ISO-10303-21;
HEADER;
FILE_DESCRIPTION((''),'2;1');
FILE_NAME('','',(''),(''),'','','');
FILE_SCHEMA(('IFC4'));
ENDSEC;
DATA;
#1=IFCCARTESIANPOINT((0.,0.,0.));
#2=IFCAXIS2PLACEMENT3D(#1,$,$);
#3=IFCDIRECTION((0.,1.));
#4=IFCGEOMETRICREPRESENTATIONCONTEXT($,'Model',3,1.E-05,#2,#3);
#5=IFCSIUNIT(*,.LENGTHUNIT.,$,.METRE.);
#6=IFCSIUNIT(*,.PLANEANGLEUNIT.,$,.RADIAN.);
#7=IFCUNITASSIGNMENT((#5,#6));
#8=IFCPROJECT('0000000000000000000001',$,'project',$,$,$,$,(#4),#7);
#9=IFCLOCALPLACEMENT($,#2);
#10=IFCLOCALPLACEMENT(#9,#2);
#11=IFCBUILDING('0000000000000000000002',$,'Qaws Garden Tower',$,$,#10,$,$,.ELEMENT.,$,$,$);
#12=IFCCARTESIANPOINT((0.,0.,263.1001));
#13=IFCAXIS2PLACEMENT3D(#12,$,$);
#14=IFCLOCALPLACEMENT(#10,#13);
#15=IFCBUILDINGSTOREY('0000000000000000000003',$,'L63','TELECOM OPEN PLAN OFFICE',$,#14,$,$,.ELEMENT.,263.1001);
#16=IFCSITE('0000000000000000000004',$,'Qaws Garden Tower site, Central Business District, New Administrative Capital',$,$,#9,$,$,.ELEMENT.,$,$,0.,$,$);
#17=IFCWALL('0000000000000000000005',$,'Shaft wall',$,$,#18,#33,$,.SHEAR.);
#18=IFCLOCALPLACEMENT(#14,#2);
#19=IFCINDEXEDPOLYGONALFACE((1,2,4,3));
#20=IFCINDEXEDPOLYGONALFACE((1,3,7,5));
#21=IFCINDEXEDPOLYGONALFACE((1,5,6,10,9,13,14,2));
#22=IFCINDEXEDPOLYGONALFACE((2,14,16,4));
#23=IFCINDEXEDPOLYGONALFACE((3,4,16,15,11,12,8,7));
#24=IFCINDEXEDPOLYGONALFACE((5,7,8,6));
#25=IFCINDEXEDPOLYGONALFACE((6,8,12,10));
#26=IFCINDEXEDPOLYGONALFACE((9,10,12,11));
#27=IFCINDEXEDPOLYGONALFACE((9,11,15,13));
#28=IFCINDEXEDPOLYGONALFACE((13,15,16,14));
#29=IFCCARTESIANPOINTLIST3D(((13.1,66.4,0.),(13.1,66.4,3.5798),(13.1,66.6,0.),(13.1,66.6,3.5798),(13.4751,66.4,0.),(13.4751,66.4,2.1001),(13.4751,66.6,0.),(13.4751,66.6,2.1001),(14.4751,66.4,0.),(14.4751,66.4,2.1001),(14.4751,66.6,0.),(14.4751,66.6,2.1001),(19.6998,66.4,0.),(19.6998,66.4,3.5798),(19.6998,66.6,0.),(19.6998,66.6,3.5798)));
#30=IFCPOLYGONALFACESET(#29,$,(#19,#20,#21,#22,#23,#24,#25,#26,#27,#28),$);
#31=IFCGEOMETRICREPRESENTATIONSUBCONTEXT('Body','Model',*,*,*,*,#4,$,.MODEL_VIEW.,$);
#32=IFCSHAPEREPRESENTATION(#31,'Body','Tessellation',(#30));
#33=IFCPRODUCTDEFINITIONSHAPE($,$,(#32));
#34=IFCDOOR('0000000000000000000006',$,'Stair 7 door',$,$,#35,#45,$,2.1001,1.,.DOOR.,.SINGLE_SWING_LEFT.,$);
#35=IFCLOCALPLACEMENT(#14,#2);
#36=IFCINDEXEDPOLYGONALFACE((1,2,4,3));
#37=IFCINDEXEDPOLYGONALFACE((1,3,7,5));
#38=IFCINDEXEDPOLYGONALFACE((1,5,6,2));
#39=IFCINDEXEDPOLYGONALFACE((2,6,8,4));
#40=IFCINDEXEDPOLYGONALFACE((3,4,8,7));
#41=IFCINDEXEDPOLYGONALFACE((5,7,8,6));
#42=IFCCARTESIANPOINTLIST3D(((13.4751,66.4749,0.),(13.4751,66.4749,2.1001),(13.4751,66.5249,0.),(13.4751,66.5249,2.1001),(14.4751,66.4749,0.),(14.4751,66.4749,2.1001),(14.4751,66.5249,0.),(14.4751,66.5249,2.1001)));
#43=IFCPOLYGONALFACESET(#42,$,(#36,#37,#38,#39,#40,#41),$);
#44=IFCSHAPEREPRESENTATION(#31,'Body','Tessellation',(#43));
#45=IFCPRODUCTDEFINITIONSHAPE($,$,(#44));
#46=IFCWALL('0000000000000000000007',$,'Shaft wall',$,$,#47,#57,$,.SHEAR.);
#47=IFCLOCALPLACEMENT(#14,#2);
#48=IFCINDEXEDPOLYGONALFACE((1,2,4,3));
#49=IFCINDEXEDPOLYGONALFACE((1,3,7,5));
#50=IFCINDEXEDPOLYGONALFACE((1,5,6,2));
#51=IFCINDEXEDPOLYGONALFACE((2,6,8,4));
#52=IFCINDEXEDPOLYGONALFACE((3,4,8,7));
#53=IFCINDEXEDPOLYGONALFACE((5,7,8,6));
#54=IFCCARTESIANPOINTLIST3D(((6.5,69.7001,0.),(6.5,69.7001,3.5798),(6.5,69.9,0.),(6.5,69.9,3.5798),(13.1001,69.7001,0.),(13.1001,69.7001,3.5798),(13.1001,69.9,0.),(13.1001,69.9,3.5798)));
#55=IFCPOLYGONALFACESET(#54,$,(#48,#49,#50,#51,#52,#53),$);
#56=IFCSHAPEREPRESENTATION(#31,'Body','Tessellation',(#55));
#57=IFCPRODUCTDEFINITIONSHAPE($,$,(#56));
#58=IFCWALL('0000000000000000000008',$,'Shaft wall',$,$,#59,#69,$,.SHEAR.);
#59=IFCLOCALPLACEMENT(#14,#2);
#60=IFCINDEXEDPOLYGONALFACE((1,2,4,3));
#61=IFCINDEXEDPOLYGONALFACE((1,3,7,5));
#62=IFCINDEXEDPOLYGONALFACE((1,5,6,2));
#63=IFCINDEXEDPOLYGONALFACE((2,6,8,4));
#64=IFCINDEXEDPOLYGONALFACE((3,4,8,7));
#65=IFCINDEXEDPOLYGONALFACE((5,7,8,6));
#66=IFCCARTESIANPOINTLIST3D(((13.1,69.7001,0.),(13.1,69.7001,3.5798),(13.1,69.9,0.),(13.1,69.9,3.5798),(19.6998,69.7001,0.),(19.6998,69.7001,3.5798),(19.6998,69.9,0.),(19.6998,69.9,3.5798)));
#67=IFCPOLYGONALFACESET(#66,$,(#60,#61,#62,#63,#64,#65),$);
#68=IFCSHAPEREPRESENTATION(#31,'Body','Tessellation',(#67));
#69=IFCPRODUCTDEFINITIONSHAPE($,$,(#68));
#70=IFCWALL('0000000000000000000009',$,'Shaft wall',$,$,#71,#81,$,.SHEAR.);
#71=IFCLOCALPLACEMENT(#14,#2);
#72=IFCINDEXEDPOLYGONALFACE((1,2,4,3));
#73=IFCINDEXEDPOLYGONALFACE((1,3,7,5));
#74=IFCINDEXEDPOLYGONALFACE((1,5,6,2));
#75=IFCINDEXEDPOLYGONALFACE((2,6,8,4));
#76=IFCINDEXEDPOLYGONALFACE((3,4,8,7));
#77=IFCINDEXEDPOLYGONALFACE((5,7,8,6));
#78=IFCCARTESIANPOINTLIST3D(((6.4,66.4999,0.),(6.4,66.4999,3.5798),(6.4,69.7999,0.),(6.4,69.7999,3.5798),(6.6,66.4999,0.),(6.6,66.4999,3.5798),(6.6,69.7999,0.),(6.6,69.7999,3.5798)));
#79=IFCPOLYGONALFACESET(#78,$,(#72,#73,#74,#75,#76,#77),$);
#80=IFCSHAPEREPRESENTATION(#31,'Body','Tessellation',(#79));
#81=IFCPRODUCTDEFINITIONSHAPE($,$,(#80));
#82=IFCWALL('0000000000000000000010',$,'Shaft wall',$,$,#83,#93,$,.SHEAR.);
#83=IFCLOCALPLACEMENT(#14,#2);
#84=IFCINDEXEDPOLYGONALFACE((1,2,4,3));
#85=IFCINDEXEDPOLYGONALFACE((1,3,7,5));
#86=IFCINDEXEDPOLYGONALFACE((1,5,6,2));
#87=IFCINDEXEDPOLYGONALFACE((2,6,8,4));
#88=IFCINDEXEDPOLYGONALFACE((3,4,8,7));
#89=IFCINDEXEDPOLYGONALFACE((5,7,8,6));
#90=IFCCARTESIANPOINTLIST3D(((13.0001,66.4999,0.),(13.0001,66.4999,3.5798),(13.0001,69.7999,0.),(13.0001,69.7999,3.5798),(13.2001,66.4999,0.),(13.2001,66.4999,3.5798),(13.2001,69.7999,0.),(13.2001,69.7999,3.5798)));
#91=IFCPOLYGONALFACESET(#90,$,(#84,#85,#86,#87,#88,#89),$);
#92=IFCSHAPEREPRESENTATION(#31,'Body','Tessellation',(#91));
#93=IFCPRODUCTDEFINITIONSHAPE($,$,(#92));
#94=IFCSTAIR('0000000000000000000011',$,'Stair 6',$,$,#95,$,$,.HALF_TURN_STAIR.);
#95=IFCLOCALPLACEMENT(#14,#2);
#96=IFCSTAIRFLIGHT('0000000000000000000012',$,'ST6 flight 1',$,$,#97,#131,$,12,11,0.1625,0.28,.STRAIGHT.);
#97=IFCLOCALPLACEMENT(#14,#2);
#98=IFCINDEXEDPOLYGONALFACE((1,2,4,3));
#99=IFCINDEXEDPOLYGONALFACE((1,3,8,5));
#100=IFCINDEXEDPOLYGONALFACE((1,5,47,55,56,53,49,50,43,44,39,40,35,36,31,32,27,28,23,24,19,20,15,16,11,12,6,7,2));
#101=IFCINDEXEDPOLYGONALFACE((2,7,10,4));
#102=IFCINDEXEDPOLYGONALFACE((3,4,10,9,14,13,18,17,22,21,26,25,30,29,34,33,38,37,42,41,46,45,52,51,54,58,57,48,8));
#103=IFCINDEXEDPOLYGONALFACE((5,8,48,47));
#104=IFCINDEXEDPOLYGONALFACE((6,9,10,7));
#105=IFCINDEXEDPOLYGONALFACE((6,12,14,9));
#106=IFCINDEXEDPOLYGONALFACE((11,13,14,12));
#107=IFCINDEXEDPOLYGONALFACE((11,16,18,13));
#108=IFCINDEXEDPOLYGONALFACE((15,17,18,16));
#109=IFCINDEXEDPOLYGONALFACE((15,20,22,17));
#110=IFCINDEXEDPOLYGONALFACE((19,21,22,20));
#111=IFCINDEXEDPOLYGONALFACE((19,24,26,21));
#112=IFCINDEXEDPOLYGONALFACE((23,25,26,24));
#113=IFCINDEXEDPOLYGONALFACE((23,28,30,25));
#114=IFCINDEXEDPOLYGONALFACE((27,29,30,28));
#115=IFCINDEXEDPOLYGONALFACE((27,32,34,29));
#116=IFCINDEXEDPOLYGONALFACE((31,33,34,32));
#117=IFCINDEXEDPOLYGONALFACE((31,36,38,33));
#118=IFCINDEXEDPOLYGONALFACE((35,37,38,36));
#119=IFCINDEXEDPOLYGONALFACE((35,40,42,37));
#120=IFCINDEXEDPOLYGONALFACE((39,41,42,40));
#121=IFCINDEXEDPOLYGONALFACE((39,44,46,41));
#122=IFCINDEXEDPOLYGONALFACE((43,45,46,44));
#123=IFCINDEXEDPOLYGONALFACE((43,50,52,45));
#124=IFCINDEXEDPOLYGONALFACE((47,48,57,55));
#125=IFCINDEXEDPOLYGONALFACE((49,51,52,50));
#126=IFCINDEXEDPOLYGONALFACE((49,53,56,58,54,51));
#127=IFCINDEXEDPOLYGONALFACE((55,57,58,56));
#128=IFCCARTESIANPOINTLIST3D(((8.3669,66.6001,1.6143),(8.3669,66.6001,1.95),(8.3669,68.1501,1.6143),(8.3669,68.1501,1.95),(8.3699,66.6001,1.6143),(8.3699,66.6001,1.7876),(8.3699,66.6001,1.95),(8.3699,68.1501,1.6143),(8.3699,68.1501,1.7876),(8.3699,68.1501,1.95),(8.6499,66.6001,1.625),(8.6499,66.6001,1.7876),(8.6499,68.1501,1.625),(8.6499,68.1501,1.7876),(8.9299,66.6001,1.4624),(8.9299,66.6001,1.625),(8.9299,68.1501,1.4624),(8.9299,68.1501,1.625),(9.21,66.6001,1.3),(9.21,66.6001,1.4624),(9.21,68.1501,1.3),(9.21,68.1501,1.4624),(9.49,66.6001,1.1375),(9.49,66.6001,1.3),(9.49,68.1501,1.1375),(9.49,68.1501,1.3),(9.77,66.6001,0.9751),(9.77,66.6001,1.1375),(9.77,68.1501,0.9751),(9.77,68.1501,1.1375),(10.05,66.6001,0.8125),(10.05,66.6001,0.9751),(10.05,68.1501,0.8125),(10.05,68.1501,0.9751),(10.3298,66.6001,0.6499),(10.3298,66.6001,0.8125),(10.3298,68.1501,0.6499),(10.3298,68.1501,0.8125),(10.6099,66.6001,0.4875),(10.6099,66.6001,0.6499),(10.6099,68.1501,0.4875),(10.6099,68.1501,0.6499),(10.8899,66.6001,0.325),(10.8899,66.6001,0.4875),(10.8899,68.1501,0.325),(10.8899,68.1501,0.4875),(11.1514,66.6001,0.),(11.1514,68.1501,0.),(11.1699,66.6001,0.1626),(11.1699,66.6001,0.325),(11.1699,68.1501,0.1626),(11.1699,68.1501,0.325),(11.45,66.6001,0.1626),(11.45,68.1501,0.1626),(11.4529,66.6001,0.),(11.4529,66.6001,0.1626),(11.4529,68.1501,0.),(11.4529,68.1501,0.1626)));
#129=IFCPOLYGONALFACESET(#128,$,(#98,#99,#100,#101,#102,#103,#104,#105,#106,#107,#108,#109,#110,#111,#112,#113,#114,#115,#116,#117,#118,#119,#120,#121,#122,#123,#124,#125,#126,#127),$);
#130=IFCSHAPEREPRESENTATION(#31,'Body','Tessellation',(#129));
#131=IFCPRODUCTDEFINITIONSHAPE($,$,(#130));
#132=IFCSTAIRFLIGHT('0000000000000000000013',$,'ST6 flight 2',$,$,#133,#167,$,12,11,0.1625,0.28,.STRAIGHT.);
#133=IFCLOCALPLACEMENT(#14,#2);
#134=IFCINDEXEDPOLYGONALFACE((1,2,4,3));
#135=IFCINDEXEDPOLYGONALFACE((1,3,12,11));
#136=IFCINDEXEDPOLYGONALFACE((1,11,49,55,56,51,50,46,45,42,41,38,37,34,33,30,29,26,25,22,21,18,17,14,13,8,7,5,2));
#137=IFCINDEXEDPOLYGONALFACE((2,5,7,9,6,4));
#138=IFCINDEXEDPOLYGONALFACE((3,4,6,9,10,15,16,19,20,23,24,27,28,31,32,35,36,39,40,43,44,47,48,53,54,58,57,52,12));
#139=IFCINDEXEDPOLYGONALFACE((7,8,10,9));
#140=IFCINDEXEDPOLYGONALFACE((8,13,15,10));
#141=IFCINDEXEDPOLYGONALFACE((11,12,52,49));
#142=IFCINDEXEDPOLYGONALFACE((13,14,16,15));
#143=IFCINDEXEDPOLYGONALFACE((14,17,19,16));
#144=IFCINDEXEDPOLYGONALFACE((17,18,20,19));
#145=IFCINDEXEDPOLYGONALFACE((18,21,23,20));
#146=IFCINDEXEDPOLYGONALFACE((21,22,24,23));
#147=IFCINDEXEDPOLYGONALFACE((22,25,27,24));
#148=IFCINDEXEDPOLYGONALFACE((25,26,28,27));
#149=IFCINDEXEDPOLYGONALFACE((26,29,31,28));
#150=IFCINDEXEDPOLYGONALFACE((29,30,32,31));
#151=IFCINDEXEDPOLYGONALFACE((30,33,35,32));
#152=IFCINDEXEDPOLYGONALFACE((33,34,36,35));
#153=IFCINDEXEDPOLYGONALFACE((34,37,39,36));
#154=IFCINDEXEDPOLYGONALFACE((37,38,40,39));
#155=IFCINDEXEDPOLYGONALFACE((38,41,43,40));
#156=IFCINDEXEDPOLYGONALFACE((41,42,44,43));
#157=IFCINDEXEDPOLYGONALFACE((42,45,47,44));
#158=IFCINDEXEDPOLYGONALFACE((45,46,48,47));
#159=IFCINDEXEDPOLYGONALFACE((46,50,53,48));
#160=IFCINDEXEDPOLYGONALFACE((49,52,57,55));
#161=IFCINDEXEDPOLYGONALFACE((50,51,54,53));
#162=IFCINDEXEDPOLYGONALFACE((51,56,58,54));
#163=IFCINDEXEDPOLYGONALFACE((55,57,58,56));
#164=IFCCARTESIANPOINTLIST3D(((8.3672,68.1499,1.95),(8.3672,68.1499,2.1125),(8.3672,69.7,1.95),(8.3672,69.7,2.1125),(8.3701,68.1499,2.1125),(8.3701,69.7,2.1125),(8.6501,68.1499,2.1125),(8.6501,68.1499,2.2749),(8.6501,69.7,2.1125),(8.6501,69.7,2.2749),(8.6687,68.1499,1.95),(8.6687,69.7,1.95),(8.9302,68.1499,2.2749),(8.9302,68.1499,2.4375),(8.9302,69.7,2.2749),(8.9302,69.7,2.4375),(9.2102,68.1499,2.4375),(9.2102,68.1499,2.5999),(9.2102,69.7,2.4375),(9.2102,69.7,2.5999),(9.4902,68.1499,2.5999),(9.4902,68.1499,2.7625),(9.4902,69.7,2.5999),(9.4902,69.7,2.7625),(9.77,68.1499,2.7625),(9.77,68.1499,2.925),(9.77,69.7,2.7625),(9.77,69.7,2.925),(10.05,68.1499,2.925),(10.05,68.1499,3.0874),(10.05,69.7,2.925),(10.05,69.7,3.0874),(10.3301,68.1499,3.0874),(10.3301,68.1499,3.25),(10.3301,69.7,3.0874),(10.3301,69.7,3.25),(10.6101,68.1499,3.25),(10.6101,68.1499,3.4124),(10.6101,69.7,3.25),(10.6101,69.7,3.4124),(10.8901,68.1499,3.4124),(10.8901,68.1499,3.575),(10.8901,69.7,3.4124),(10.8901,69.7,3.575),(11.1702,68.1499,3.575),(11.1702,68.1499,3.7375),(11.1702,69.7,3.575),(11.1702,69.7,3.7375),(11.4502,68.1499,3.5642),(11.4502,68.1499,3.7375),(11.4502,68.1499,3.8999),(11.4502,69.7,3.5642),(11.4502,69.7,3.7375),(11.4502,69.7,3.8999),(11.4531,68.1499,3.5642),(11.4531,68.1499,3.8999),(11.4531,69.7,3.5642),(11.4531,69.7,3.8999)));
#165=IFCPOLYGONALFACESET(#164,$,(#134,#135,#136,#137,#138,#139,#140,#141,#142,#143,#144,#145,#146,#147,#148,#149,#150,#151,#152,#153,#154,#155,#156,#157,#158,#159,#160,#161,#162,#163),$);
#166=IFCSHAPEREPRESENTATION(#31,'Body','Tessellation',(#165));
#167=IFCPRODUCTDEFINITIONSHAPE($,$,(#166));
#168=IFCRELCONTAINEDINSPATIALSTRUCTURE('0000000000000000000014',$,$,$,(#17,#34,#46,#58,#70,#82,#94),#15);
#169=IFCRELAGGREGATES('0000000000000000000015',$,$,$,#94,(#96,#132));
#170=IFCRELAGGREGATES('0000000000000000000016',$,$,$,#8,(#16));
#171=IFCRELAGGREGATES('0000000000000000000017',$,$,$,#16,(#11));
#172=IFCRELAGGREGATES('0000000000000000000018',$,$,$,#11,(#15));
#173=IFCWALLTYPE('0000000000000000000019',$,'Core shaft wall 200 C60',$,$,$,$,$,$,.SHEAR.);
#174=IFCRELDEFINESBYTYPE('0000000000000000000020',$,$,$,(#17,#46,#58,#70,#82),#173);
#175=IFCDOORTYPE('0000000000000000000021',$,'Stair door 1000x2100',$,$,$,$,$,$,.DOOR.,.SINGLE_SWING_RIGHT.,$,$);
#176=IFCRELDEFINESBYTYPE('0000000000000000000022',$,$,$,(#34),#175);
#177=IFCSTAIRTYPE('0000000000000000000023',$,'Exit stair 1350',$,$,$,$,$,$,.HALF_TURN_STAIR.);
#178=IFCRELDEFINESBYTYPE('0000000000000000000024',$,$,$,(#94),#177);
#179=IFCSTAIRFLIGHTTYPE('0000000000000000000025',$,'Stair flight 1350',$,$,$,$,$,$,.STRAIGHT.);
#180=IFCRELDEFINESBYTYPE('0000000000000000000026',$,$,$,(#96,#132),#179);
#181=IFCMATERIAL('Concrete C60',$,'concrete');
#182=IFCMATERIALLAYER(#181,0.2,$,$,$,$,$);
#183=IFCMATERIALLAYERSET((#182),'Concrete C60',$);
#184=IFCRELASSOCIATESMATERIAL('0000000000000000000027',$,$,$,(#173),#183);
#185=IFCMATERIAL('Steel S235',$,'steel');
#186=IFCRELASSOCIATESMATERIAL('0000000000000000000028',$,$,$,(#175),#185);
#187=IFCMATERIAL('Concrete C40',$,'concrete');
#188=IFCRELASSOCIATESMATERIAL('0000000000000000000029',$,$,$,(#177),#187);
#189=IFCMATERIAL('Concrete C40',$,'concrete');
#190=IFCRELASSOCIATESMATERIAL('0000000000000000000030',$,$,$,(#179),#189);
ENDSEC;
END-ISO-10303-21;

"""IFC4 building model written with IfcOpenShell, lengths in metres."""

from ifc_helpers import new_model, si_unit, direction, frame, frame_2d, origin, place, context, subcontext, project, spatial, polyline, rectangle, outline, extrude, material, layer, layer_set, type_object, element, fill, aggregate, save


model = new_model("IFC4")

# Units and contexts
model_context = context("Model", 3, precision=1e-05, world=origin(), true_north=direction((0.0, 1.0)))
body_context = subcontext(model_context, "Body", "Model", "MODEL_VIEW")
ifc_project = project(units=[si_unit("LENGTHUNIT", "METRE"), si_unit("PLANEANGLEUNIT", "RADIAN")], contexts=[model_context])

# Site, building, storey
site_placement = place(None, origin())
site = spatial("IfcSite", under=ifc_project, at=site_placement, Name="Qaws Garden Tower site, Central Business District, New Administrative Capital", CompositionType="ELEMENT", RefElevation=0.0)
building_placement = place(site_placement, origin())
building = spatial("IfcBuilding", under=site, at=building_placement, Name="Qaws Garden Tower", CompositionType="ELEMENT")
storey_placement = place(building_placement, frame((0.0, 0.0, 263.1001)))
storey = spatial("IfcBuildingStorey", under=building, at=storey_placement, Name="L63", Description="TELECOM OPEN PLAN OFFICE", CompositionType="ELEMENT", Elevation=263.1001)

# Wall, opening, door
ifc_material_1 = material(Name="Concrete C60", Category="concrete")
ifc_layer_1 = layer(ifc_material_1, 0.2)
ifc_layer_set_1 = layer_set([ifc_layer_1], Name="Concrete C60")
wall_type_1 = type_object("IfcWallType", Name="Core shaft wall 200 C60", PredefinedType="SHEAR", material=ifc_layer_set_1)
ifc_material_2 = material(Name="Steel S235", Category="steel")
door_type = type_object("IfcDoorType", Name="Stair door 1000x2100", OperationType="SINGLE_SWING_RIGHT", PredefinedType="DOOR", material=ifc_material_2)
wall_1_placement = place(storey_placement, frame((13.1001, 66.5, 0.0), z_axis=(0.0, 0.0, 1.0), x_axis=(1.0, 0.0, 0.0)))
wall_1 = element("IfcWall", 1, at=wall_1_placement, inside=storey, type_object=wall_type_1, Name="Shaft wall", PredefinedType="SHEAR", context=body_context, shape_type="SweptSolid", body=[
    extrude(rectangle(XDim=6.5999, YDim=0.2, at=frame_2d((3.2998, 0.0))), origin(), (0.0, 0.0, 1.0), 3.5798),
])
opening_1_placement = place(wall_1_placement, frame((0.375, 0.0, 0.0)))
opening_1 = element("IfcOpeningElement", 2, at=opening_1_placement, cuts=wall_1, PredefinedType="OPENING", context=body_context, shape_type="SweptSolid", body=[
    extrude(rectangle(XDim=1.0, YDim=2.1001, at=frame_2d((0.5, 1.05))), frame((0.0, 0.1099, 0.0), z_axis=(0.0, -1.0, 0.0), x_axis=(1.0, 0.0, 0.0)), (0.0, 0.0, 1.0), 0.22),
])
door_1_placement = place(opening_1_placement, origin())
door_1 = element("IfcDoor", 3, at=door_1_placement, inside=storey, type_object=door_type, Name="Stair 7 door", OperationType="SINGLE_SWING_LEFT", OverallHeight=2.1001, OverallWidth=1.0, PredefinedType="DOOR", context=body_context, shape_type="SweptSolid", body=[
    extrude(rectangle(XDim=1.0, YDim=2.1001, at=frame_2d((0.5, 1.05))), frame((0.0, 0.0249, 0.0), z_axis=(0.0, -1.0, 0.0), x_axis=(1.0, 0.0, 0.0)), (0.0, 0.0, 1.0), 0.05),
])
fill(opening_1, door_1)

# Walls
wall_2_placement = place(storey_placement, frame((6.5, 69.8, 0.0), z_axis=(0.0, 0.0, 1.0), x_axis=(1.0, 0.0, 0.0)))
element("IfcWall", 4, at=wall_2_placement, inside=storey, type_object=wall_type_1, Name="Shaft wall", PredefinedType="SHEAR", context=body_context, shape_type="SweptSolid", body=[
    extrude(rectangle(XDim=6.6001, YDim=0.2, at=frame_2d((3.3, 0.0))), origin(), (0.0, 0.0, 1.0), 3.5798),
])
wall_3_placement = place(storey_placement, frame((13.1001, 69.8, 0.0), z_axis=(0.0, 0.0, 1.0), x_axis=(1.0, 0.0, 0.0)))
element("IfcWall", 5, at=wall_3_placement, inside=storey, type_object=wall_type_1, Name="Shaft wall", PredefinedType="SHEAR", context=body_context, shape_type="SweptSolid", body=[
    extrude(rectangle(XDim=6.5999, YDim=0.2, at=frame_2d((3.2998, 0.0))), origin(), (0.0, 0.0, 1.0), 3.5798),
])
for number, where, z_axis, x_axis, name in (
    (6, (6.5, 66.5, 0.0), (0.0, 0.0, 1.0), (0.0, 1.0, 0.0), "Shaft wall"),
    (7, (13.1001, 66.5, 0.0), (0.0, 0.0, 1.0), (0.0, 1.0, 0.0), "Shaft wall"),
):
    element("IfcWall", number, at=place(storey_placement, frame(where, z_axis=z_axis, x_axis=x_axis)), inside=storey, type_object=wall_type_1, Name=name, PredefinedType="SHEAR", context=body_context, shape_type="SweptSolid", body=[
        extrude(rectangle(XDim=3.3, YDim=0.2, at=frame_2d((1.6499, 0.0))), origin(), (0.0, 0.0, 1.0), 3.5798),
    ])

# Stair, stair flights
ifc_material_3 = material(Name="Concrete C40", Category="concrete")
stair_type = type_object("IfcStairType", Name="Exit stair 1350", PredefinedType="HALF_TURN_STAIR", material=ifc_material_3)
stair_placement = place(storey_placement, origin())
stair = element("IfcStair", 8, at=stair_placement, inside=storey, type_object=stair_type, Name="Stair 6", PredefinedType="HALF_TURN_STAIR")
ifc_material_4 = material(Name="Concrete C40", Category="concrete")
stair_flight_type = type_object("IfcStairFlightType", Name="Stair flight 1350", PredefinedType="STRAIGHT", material=ifc_material_4)
stair_flight_1_placement = place(storey_placement, frame((11.45, 67.375, 0.0), z_axis=(0.0, 0.0, 1.0), x_axis=(-1.0, 0.0, 0.0)))
stair_flight_1 = element("IfcStairFlight", 9, at=stair_flight_1_placement, type_object=stair_flight_type, Name="ST6 flight 1", NumberOfRisers=12, NumberOfTreads=11, PredefinedType="STRAIGHT", RiserHeight=0.1625, TreadLength=0.28, context=body_context, shape_type="SweptSolid", body=[
    extrude(outline(polyline([(-0.0029, 0.0), (-0.0029, 0.1626), (0.0, 0.1626), (0.28, 0.1626), (0.28, 0.325), (0.5601, 0.325), (0.5601, 0.4875), (0.8401, 0.4875), (0.8401, 0.6499), (1.1201, 0.6499), (1.1201, 0.8125), (1.3999, 0.8125), (1.3999, 0.9751), (1.6799, 0.9751), (1.6799, 1.1375), (1.96, 1.1375), (1.96, 1.3), (2.24, 1.3), (2.24, 1.4624), (2.52, 1.4624), (2.52, 1.625), (2.8, 1.625), (2.8, 1.7876), (3.0801, 1.7876), (3.0801, 1.95), (3.083, 1.95), (3.083, 1.6143), (3.0801, 1.6143), (0.2986, 0.0), (-0.0029, 0.0)])), frame((0.0, 0.7749, 0.0), z_axis=(0.0, -1.0, 0.0), x_axis=(1.0, 0.0, 0.0)), (0.0, 0.0, 1.0), 1.55),
])
stair_flight_2_placement = place(storey_placement, frame((8.3701, 68.925, 1.95), z_axis=(0.0, 0.0, 1.0), x_axis=(1.0, 0.0, 0.0)))
stair_flight_2 = element("IfcStairFlight", 10, at=stair_flight_2_placement, type_object=stair_flight_type, Name="ST6 flight 2", NumberOfRisers=12, NumberOfTreads=11, PredefinedType="STRAIGHT", RiserHeight=0.1625, TreadLength=0.28, context=body_context, shape_type="SweptSolid", body=[
    extrude(outline(polyline([(-0.0029, 0.0), (-0.0029, 0.1626), (0.0, 0.1626), (0.28, 0.1626), (0.28, 0.325), (0.5601, 0.325), (0.5601, 0.4875), (0.8401, 0.4875), (0.8401, 0.6499), (1.1201, 0.6499), (1.1201, 0.8125), (1.3999, 0.8125), (1.3999, 0.9751), (1.6799, 0.9751), (1.6799, 1.1375), (1.96, 1.1375), (1.96, 1.3), (2.24, 1.3), (2.24, 1.4624), (2.52, 1.4624), (2.52, 1.625), (2.8, 1.625), (2.8, 1.7876), (3.0801, 1.7876), (3.0801, 1.95), (3.083, 1.95), (3.083, 1.6143), (3.0801, 1.6143), (0.2986, 0.0), (-0.0029, 0.0)])), frame((0.0, 0.7749, 0.0), z_axis=(0.0, -1.0, 0.0), x_axis=(1.0, 0.0, 0.0)), (0.0, 0.0, 1.0), 1.55),
])
aggregate(stair, [stair_flight_1, stair_flight_2])

save(model, "model.ifc")
